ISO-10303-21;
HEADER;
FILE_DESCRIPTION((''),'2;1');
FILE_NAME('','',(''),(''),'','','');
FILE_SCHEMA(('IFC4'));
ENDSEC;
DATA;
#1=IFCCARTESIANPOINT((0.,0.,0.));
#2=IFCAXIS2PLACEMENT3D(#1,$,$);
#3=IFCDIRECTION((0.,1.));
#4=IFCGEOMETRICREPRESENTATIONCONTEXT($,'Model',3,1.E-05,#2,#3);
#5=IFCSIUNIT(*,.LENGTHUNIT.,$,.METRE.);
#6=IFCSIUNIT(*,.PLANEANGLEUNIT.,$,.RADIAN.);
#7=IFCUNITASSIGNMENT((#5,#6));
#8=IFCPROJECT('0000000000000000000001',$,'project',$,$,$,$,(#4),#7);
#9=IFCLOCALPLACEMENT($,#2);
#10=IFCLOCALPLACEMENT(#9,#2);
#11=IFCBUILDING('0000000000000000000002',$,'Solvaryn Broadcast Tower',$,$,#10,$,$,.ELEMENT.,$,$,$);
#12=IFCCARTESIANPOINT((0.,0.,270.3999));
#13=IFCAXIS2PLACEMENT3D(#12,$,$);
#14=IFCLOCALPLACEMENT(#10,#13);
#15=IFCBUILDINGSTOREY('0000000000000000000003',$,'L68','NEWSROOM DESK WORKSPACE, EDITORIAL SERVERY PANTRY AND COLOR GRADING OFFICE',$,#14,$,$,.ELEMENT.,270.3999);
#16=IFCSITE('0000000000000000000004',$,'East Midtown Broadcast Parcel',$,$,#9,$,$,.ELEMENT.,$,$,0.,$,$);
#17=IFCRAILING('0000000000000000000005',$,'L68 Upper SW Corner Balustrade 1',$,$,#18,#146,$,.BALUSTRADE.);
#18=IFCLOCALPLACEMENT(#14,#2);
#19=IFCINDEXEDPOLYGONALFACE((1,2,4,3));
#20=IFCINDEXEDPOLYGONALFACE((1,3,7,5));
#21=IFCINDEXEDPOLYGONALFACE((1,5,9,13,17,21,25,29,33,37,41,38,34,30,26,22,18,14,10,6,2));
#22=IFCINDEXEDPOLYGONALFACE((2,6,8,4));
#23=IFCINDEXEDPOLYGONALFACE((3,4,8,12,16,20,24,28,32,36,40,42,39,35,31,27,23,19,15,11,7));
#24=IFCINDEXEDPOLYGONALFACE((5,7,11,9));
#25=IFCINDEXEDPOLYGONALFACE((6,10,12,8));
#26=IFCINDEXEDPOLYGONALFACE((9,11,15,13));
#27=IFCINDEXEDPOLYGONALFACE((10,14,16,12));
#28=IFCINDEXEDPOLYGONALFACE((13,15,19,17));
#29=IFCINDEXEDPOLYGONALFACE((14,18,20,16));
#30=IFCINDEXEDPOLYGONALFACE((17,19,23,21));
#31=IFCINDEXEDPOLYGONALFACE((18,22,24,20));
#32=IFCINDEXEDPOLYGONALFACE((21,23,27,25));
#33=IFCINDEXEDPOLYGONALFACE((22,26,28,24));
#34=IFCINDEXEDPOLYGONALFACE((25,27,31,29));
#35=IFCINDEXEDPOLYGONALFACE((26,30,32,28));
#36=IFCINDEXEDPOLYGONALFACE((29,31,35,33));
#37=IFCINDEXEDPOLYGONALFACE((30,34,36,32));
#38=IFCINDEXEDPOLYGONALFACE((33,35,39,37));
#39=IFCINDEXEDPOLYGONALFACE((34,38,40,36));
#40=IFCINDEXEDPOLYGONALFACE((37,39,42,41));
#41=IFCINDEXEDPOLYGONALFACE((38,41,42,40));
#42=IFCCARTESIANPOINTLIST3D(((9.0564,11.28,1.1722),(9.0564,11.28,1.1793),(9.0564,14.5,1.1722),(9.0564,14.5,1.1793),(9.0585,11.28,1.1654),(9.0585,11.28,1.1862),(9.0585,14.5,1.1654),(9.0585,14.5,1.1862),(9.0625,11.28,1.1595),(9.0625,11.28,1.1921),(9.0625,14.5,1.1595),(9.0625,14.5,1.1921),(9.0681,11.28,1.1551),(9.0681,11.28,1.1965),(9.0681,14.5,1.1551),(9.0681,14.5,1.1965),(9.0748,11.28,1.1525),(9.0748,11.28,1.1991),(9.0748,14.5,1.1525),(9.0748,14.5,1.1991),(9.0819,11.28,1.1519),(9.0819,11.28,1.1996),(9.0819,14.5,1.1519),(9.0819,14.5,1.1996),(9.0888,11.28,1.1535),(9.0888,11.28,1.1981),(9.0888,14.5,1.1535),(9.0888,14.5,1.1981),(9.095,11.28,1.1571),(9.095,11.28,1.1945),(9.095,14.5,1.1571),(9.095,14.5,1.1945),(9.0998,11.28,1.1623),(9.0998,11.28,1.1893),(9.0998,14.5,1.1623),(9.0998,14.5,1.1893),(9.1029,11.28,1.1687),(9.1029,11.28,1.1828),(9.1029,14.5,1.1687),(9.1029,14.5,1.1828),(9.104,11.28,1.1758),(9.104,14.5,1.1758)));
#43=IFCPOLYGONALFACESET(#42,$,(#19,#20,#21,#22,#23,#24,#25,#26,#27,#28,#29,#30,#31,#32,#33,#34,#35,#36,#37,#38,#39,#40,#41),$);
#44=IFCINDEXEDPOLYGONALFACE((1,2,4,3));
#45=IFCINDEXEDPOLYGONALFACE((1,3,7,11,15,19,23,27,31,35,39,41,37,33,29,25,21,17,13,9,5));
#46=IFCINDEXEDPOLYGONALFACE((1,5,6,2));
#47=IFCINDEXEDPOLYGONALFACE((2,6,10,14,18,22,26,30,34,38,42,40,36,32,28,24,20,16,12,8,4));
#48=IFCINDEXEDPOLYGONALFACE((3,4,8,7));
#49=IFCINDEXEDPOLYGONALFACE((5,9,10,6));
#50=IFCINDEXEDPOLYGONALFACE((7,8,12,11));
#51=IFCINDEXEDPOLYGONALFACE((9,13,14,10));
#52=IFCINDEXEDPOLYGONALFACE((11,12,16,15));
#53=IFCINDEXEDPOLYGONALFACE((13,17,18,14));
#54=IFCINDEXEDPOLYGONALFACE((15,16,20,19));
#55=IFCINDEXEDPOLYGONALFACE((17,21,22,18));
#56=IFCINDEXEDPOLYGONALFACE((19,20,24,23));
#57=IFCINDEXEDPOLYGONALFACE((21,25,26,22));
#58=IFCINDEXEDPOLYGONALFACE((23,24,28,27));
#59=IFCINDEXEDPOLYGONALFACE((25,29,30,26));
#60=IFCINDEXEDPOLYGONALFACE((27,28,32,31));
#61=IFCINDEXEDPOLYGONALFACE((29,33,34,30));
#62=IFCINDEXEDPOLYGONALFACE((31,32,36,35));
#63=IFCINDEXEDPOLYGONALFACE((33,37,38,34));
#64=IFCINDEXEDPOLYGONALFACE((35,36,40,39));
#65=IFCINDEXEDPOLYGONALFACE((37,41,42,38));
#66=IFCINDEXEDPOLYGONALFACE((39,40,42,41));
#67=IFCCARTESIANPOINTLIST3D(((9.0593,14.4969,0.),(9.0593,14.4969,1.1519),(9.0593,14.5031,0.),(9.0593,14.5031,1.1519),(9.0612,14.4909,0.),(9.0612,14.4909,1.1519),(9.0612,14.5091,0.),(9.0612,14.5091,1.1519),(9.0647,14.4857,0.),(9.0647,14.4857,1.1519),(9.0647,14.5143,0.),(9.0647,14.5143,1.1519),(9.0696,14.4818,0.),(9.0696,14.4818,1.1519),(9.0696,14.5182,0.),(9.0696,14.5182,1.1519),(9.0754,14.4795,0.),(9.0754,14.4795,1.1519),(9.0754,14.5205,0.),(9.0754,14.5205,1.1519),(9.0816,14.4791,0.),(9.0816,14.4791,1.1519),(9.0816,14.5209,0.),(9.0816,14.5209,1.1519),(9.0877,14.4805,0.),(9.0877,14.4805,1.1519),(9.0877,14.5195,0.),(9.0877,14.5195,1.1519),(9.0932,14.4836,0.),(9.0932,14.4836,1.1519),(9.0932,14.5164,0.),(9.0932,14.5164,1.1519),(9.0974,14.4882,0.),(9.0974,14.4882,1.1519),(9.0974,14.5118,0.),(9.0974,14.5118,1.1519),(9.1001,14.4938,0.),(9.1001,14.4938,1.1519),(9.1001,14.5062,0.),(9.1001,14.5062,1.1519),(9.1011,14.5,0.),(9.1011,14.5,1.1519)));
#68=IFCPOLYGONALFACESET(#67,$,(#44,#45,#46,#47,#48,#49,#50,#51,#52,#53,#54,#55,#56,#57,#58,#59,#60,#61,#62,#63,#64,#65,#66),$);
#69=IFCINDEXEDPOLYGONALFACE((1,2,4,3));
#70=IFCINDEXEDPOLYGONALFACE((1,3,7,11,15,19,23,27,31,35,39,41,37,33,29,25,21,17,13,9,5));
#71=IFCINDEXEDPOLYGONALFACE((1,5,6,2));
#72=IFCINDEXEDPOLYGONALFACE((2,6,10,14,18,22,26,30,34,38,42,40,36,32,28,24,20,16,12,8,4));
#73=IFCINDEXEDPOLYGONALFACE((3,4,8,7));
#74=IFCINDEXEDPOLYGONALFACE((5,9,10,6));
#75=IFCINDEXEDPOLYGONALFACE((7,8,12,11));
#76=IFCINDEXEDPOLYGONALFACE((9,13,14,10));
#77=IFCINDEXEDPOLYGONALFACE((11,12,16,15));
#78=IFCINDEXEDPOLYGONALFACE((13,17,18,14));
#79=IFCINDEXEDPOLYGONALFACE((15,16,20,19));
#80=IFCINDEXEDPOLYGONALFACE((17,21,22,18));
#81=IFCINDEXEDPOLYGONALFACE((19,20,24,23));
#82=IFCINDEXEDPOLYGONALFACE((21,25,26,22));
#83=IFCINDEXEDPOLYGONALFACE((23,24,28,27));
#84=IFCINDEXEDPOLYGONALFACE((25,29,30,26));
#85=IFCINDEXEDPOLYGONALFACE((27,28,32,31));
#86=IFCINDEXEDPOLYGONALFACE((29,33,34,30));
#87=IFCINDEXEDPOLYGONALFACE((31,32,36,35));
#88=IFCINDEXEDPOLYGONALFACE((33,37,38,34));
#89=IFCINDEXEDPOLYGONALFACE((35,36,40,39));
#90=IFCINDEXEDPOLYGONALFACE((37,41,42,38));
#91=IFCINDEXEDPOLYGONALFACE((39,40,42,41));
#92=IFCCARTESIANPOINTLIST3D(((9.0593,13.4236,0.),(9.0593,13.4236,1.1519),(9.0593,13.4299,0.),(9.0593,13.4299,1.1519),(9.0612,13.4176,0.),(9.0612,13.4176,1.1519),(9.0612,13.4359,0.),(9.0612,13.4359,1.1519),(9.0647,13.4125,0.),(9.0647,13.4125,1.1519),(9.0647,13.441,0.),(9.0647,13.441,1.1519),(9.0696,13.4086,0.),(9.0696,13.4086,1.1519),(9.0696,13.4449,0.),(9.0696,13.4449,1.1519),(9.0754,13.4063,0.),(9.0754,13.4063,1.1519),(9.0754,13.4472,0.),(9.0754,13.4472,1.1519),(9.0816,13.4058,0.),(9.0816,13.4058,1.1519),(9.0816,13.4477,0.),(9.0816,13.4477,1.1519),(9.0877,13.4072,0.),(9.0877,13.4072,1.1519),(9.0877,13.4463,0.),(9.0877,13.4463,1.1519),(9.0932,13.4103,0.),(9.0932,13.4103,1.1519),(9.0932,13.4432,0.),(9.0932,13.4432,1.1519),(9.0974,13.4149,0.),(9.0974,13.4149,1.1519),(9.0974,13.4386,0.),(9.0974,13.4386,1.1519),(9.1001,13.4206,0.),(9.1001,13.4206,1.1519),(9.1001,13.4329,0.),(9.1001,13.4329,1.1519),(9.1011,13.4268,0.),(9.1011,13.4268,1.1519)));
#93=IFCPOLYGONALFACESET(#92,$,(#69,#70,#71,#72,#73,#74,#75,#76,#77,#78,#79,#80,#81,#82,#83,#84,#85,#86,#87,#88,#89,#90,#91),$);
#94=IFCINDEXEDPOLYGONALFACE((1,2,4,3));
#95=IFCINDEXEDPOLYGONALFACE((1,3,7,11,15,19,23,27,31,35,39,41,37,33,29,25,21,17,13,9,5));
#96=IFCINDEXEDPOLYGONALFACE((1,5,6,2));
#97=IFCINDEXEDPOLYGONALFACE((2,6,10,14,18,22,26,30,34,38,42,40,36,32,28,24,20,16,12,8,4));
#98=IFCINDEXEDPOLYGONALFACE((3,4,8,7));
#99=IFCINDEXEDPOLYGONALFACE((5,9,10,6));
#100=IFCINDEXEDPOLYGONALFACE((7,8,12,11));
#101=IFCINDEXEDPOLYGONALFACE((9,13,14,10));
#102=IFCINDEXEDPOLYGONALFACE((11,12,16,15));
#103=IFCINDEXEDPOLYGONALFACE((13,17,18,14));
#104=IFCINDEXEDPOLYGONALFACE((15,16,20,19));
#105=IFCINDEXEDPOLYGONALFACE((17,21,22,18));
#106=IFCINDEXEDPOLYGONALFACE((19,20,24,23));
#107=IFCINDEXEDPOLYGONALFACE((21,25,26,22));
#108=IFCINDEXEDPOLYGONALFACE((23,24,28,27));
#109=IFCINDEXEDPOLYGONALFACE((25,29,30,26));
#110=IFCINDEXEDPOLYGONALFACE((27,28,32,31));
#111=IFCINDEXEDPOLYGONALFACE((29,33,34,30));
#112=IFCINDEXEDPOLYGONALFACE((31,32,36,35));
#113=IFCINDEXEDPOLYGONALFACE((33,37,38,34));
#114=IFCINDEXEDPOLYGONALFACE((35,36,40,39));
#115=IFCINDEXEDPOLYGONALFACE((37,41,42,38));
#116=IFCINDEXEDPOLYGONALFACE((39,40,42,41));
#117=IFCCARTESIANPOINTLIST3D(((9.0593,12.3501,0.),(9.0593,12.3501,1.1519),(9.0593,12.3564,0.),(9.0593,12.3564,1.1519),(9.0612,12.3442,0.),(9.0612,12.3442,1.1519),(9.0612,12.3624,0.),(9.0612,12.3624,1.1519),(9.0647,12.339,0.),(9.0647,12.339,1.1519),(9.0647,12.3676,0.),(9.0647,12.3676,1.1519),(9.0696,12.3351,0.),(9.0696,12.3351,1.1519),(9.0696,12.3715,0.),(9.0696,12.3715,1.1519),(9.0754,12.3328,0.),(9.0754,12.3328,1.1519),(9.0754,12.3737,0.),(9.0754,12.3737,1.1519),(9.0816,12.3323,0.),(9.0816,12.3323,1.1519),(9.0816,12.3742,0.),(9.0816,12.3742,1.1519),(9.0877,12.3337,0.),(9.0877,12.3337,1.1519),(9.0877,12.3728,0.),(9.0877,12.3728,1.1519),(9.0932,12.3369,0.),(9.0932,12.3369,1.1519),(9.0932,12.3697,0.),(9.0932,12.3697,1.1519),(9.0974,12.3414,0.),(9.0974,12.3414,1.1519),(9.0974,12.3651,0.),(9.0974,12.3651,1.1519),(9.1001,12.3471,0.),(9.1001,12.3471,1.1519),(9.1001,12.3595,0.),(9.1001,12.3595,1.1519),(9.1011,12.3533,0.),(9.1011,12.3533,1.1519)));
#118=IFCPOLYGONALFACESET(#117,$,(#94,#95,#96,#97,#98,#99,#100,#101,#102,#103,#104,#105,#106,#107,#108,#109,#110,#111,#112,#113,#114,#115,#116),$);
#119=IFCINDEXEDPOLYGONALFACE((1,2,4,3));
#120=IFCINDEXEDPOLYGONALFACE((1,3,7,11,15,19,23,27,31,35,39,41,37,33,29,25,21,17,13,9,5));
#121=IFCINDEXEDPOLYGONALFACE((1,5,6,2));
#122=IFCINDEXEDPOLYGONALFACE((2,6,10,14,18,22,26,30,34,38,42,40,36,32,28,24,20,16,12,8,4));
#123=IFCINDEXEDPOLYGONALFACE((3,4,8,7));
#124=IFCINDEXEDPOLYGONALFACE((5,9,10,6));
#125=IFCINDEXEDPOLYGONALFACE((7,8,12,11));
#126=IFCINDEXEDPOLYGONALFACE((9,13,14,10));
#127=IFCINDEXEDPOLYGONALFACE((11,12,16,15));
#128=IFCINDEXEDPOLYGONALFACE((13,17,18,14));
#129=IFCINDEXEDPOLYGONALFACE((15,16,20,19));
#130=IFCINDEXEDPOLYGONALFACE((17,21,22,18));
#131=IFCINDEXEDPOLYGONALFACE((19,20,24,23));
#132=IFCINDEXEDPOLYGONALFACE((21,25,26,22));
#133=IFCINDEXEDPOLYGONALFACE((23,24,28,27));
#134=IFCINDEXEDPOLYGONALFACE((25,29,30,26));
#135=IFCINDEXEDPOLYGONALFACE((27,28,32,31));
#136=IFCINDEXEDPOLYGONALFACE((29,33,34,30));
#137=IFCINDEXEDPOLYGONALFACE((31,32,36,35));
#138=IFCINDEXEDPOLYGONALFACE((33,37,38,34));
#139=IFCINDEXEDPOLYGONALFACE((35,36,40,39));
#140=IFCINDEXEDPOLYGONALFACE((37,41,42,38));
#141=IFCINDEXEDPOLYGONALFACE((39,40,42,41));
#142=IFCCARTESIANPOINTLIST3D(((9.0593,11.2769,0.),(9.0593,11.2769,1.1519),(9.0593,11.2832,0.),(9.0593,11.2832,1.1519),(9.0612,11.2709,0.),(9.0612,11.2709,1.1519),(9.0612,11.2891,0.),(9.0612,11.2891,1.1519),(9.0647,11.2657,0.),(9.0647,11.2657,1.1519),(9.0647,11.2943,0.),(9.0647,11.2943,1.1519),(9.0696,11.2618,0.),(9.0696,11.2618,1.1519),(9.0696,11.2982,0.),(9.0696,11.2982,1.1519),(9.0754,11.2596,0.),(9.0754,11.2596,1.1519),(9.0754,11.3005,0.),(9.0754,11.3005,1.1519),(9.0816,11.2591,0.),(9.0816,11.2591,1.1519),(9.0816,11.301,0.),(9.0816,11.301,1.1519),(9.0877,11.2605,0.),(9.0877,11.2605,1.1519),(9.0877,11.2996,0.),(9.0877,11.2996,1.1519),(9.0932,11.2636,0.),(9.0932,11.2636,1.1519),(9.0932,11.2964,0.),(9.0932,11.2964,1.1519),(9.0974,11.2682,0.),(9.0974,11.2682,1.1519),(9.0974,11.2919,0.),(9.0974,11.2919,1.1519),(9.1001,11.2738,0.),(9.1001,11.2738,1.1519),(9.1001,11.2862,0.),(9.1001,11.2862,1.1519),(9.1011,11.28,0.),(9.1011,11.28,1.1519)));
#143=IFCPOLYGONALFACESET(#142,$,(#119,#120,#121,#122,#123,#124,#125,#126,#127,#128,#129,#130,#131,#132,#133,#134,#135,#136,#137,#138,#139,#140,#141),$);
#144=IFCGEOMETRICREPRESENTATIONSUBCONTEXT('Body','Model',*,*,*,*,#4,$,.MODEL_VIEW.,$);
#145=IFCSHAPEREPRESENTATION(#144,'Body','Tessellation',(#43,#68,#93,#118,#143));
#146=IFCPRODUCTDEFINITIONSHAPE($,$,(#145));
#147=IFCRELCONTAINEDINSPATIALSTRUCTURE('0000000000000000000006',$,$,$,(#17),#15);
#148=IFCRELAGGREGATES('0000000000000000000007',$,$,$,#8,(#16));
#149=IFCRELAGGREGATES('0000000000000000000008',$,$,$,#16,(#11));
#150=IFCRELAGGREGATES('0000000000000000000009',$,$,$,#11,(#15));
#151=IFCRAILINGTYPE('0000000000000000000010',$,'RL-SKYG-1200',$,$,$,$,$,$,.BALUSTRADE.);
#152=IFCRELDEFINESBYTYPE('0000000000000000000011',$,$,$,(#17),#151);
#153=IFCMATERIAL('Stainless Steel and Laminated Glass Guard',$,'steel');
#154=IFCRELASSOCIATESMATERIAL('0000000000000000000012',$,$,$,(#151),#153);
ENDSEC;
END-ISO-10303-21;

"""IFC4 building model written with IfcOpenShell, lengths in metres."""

from ifc_helpers import new_model, si_unit, direction, frame, origin, origin_2d, place, context, subcontext, project, spatial, circle, extrude, material, type_object, element, save


model = new_model("IFC4")

# Units and contexts
model_context = context("Model", 3, precision=1e-05, world=origin(), true_north=direction((0.0, 1.0)))
body_context = subcontext(model_context, "Body", "Model", "MODEL_VIEW")
ifc_project = project(units=[si_unit("LENGTHUNIT", "METRE"), si_unit("PLANEANGLEUNIT", "RADIAN")], contexts=[model_context])

# Site, building, storey
site_placement = place(None, origin())
site = spatial("IfcSite", under=ifc_project, at=site_placement, Name="East Midtown Broadcast Parcel", CompositionType="ELEMENT", RefElevation=0.0)
building_placement = place(site_placement, origin())
building = spatial("IfcBuilding", under=site, at=building_placement, Name="Solvaryn Broadcast Tower", CompositionType="ELEMENT")
storey_placement = place(building_placement, frame((0.0, 0.0, 270.3999)))
storey = spatial("IfcBuildingStorey", under=building, at=storey_placement, Name="L68", Description="NEWSROOM DESK WORKSPACE, EDITORIAL SERVERY PANTRY AND COLOR GRADING OFFICE", CompositionType="ELEMENT", Elevation=270.3999)

# Railing
ifc_material_1 = material(Name="Stainless Steel and Laminated Glass Guard", Category="steel")
railing_type = type_object("IfcRailingType", Name="RL-SKYG-1200", PredefinedType="BALUSTRADE", material=ifc_material_1)
railing_1_placement = place(storey_placement, frame((9.0801, 14.5, 0.0)))
element("IfcRailing", 1, at=railing_1_placement, inside=storey, type_object=railing_type, Name="L68 Upper SW Corner Balustrade 1", PredefinedType="BALUSTRADE", context=body_context, shape_type="SweptSolid", body=[
    extrude(circle(Radius=0.0239, at=origin_2d()), frame((0.0, 0.0, 1.1758), z_axis=(0.0, -1.0, 0.0), x_axis=(1.0, 0.0, 0.0)), (0.0, 0.0, 1.0), 3.22),
    extrude(circle(Radius=0.021, at=origin_2d()), origin(), (0.0, 0.0, 1.0), 1.1519),
    extrude(circle(Radius=0.021, at=origin_2d()), frame((0.0, -1.0732, 0.0)), (0.0, 0.0, 1.0), 1.1519),
    extrude(circle(Radius=0.021, at=origin_2d()), frame((0.0, -2.1467, 0.0)), (0.0, 0.0, 1.0), 1.1519),
    extrude(circle(Radius=0.021, at=origin_2d()), frame((0.0, -3.22, 0.0)), (0.0, 0.0, 1.0), 1.1519),
])

save(model, "model.ifc")
